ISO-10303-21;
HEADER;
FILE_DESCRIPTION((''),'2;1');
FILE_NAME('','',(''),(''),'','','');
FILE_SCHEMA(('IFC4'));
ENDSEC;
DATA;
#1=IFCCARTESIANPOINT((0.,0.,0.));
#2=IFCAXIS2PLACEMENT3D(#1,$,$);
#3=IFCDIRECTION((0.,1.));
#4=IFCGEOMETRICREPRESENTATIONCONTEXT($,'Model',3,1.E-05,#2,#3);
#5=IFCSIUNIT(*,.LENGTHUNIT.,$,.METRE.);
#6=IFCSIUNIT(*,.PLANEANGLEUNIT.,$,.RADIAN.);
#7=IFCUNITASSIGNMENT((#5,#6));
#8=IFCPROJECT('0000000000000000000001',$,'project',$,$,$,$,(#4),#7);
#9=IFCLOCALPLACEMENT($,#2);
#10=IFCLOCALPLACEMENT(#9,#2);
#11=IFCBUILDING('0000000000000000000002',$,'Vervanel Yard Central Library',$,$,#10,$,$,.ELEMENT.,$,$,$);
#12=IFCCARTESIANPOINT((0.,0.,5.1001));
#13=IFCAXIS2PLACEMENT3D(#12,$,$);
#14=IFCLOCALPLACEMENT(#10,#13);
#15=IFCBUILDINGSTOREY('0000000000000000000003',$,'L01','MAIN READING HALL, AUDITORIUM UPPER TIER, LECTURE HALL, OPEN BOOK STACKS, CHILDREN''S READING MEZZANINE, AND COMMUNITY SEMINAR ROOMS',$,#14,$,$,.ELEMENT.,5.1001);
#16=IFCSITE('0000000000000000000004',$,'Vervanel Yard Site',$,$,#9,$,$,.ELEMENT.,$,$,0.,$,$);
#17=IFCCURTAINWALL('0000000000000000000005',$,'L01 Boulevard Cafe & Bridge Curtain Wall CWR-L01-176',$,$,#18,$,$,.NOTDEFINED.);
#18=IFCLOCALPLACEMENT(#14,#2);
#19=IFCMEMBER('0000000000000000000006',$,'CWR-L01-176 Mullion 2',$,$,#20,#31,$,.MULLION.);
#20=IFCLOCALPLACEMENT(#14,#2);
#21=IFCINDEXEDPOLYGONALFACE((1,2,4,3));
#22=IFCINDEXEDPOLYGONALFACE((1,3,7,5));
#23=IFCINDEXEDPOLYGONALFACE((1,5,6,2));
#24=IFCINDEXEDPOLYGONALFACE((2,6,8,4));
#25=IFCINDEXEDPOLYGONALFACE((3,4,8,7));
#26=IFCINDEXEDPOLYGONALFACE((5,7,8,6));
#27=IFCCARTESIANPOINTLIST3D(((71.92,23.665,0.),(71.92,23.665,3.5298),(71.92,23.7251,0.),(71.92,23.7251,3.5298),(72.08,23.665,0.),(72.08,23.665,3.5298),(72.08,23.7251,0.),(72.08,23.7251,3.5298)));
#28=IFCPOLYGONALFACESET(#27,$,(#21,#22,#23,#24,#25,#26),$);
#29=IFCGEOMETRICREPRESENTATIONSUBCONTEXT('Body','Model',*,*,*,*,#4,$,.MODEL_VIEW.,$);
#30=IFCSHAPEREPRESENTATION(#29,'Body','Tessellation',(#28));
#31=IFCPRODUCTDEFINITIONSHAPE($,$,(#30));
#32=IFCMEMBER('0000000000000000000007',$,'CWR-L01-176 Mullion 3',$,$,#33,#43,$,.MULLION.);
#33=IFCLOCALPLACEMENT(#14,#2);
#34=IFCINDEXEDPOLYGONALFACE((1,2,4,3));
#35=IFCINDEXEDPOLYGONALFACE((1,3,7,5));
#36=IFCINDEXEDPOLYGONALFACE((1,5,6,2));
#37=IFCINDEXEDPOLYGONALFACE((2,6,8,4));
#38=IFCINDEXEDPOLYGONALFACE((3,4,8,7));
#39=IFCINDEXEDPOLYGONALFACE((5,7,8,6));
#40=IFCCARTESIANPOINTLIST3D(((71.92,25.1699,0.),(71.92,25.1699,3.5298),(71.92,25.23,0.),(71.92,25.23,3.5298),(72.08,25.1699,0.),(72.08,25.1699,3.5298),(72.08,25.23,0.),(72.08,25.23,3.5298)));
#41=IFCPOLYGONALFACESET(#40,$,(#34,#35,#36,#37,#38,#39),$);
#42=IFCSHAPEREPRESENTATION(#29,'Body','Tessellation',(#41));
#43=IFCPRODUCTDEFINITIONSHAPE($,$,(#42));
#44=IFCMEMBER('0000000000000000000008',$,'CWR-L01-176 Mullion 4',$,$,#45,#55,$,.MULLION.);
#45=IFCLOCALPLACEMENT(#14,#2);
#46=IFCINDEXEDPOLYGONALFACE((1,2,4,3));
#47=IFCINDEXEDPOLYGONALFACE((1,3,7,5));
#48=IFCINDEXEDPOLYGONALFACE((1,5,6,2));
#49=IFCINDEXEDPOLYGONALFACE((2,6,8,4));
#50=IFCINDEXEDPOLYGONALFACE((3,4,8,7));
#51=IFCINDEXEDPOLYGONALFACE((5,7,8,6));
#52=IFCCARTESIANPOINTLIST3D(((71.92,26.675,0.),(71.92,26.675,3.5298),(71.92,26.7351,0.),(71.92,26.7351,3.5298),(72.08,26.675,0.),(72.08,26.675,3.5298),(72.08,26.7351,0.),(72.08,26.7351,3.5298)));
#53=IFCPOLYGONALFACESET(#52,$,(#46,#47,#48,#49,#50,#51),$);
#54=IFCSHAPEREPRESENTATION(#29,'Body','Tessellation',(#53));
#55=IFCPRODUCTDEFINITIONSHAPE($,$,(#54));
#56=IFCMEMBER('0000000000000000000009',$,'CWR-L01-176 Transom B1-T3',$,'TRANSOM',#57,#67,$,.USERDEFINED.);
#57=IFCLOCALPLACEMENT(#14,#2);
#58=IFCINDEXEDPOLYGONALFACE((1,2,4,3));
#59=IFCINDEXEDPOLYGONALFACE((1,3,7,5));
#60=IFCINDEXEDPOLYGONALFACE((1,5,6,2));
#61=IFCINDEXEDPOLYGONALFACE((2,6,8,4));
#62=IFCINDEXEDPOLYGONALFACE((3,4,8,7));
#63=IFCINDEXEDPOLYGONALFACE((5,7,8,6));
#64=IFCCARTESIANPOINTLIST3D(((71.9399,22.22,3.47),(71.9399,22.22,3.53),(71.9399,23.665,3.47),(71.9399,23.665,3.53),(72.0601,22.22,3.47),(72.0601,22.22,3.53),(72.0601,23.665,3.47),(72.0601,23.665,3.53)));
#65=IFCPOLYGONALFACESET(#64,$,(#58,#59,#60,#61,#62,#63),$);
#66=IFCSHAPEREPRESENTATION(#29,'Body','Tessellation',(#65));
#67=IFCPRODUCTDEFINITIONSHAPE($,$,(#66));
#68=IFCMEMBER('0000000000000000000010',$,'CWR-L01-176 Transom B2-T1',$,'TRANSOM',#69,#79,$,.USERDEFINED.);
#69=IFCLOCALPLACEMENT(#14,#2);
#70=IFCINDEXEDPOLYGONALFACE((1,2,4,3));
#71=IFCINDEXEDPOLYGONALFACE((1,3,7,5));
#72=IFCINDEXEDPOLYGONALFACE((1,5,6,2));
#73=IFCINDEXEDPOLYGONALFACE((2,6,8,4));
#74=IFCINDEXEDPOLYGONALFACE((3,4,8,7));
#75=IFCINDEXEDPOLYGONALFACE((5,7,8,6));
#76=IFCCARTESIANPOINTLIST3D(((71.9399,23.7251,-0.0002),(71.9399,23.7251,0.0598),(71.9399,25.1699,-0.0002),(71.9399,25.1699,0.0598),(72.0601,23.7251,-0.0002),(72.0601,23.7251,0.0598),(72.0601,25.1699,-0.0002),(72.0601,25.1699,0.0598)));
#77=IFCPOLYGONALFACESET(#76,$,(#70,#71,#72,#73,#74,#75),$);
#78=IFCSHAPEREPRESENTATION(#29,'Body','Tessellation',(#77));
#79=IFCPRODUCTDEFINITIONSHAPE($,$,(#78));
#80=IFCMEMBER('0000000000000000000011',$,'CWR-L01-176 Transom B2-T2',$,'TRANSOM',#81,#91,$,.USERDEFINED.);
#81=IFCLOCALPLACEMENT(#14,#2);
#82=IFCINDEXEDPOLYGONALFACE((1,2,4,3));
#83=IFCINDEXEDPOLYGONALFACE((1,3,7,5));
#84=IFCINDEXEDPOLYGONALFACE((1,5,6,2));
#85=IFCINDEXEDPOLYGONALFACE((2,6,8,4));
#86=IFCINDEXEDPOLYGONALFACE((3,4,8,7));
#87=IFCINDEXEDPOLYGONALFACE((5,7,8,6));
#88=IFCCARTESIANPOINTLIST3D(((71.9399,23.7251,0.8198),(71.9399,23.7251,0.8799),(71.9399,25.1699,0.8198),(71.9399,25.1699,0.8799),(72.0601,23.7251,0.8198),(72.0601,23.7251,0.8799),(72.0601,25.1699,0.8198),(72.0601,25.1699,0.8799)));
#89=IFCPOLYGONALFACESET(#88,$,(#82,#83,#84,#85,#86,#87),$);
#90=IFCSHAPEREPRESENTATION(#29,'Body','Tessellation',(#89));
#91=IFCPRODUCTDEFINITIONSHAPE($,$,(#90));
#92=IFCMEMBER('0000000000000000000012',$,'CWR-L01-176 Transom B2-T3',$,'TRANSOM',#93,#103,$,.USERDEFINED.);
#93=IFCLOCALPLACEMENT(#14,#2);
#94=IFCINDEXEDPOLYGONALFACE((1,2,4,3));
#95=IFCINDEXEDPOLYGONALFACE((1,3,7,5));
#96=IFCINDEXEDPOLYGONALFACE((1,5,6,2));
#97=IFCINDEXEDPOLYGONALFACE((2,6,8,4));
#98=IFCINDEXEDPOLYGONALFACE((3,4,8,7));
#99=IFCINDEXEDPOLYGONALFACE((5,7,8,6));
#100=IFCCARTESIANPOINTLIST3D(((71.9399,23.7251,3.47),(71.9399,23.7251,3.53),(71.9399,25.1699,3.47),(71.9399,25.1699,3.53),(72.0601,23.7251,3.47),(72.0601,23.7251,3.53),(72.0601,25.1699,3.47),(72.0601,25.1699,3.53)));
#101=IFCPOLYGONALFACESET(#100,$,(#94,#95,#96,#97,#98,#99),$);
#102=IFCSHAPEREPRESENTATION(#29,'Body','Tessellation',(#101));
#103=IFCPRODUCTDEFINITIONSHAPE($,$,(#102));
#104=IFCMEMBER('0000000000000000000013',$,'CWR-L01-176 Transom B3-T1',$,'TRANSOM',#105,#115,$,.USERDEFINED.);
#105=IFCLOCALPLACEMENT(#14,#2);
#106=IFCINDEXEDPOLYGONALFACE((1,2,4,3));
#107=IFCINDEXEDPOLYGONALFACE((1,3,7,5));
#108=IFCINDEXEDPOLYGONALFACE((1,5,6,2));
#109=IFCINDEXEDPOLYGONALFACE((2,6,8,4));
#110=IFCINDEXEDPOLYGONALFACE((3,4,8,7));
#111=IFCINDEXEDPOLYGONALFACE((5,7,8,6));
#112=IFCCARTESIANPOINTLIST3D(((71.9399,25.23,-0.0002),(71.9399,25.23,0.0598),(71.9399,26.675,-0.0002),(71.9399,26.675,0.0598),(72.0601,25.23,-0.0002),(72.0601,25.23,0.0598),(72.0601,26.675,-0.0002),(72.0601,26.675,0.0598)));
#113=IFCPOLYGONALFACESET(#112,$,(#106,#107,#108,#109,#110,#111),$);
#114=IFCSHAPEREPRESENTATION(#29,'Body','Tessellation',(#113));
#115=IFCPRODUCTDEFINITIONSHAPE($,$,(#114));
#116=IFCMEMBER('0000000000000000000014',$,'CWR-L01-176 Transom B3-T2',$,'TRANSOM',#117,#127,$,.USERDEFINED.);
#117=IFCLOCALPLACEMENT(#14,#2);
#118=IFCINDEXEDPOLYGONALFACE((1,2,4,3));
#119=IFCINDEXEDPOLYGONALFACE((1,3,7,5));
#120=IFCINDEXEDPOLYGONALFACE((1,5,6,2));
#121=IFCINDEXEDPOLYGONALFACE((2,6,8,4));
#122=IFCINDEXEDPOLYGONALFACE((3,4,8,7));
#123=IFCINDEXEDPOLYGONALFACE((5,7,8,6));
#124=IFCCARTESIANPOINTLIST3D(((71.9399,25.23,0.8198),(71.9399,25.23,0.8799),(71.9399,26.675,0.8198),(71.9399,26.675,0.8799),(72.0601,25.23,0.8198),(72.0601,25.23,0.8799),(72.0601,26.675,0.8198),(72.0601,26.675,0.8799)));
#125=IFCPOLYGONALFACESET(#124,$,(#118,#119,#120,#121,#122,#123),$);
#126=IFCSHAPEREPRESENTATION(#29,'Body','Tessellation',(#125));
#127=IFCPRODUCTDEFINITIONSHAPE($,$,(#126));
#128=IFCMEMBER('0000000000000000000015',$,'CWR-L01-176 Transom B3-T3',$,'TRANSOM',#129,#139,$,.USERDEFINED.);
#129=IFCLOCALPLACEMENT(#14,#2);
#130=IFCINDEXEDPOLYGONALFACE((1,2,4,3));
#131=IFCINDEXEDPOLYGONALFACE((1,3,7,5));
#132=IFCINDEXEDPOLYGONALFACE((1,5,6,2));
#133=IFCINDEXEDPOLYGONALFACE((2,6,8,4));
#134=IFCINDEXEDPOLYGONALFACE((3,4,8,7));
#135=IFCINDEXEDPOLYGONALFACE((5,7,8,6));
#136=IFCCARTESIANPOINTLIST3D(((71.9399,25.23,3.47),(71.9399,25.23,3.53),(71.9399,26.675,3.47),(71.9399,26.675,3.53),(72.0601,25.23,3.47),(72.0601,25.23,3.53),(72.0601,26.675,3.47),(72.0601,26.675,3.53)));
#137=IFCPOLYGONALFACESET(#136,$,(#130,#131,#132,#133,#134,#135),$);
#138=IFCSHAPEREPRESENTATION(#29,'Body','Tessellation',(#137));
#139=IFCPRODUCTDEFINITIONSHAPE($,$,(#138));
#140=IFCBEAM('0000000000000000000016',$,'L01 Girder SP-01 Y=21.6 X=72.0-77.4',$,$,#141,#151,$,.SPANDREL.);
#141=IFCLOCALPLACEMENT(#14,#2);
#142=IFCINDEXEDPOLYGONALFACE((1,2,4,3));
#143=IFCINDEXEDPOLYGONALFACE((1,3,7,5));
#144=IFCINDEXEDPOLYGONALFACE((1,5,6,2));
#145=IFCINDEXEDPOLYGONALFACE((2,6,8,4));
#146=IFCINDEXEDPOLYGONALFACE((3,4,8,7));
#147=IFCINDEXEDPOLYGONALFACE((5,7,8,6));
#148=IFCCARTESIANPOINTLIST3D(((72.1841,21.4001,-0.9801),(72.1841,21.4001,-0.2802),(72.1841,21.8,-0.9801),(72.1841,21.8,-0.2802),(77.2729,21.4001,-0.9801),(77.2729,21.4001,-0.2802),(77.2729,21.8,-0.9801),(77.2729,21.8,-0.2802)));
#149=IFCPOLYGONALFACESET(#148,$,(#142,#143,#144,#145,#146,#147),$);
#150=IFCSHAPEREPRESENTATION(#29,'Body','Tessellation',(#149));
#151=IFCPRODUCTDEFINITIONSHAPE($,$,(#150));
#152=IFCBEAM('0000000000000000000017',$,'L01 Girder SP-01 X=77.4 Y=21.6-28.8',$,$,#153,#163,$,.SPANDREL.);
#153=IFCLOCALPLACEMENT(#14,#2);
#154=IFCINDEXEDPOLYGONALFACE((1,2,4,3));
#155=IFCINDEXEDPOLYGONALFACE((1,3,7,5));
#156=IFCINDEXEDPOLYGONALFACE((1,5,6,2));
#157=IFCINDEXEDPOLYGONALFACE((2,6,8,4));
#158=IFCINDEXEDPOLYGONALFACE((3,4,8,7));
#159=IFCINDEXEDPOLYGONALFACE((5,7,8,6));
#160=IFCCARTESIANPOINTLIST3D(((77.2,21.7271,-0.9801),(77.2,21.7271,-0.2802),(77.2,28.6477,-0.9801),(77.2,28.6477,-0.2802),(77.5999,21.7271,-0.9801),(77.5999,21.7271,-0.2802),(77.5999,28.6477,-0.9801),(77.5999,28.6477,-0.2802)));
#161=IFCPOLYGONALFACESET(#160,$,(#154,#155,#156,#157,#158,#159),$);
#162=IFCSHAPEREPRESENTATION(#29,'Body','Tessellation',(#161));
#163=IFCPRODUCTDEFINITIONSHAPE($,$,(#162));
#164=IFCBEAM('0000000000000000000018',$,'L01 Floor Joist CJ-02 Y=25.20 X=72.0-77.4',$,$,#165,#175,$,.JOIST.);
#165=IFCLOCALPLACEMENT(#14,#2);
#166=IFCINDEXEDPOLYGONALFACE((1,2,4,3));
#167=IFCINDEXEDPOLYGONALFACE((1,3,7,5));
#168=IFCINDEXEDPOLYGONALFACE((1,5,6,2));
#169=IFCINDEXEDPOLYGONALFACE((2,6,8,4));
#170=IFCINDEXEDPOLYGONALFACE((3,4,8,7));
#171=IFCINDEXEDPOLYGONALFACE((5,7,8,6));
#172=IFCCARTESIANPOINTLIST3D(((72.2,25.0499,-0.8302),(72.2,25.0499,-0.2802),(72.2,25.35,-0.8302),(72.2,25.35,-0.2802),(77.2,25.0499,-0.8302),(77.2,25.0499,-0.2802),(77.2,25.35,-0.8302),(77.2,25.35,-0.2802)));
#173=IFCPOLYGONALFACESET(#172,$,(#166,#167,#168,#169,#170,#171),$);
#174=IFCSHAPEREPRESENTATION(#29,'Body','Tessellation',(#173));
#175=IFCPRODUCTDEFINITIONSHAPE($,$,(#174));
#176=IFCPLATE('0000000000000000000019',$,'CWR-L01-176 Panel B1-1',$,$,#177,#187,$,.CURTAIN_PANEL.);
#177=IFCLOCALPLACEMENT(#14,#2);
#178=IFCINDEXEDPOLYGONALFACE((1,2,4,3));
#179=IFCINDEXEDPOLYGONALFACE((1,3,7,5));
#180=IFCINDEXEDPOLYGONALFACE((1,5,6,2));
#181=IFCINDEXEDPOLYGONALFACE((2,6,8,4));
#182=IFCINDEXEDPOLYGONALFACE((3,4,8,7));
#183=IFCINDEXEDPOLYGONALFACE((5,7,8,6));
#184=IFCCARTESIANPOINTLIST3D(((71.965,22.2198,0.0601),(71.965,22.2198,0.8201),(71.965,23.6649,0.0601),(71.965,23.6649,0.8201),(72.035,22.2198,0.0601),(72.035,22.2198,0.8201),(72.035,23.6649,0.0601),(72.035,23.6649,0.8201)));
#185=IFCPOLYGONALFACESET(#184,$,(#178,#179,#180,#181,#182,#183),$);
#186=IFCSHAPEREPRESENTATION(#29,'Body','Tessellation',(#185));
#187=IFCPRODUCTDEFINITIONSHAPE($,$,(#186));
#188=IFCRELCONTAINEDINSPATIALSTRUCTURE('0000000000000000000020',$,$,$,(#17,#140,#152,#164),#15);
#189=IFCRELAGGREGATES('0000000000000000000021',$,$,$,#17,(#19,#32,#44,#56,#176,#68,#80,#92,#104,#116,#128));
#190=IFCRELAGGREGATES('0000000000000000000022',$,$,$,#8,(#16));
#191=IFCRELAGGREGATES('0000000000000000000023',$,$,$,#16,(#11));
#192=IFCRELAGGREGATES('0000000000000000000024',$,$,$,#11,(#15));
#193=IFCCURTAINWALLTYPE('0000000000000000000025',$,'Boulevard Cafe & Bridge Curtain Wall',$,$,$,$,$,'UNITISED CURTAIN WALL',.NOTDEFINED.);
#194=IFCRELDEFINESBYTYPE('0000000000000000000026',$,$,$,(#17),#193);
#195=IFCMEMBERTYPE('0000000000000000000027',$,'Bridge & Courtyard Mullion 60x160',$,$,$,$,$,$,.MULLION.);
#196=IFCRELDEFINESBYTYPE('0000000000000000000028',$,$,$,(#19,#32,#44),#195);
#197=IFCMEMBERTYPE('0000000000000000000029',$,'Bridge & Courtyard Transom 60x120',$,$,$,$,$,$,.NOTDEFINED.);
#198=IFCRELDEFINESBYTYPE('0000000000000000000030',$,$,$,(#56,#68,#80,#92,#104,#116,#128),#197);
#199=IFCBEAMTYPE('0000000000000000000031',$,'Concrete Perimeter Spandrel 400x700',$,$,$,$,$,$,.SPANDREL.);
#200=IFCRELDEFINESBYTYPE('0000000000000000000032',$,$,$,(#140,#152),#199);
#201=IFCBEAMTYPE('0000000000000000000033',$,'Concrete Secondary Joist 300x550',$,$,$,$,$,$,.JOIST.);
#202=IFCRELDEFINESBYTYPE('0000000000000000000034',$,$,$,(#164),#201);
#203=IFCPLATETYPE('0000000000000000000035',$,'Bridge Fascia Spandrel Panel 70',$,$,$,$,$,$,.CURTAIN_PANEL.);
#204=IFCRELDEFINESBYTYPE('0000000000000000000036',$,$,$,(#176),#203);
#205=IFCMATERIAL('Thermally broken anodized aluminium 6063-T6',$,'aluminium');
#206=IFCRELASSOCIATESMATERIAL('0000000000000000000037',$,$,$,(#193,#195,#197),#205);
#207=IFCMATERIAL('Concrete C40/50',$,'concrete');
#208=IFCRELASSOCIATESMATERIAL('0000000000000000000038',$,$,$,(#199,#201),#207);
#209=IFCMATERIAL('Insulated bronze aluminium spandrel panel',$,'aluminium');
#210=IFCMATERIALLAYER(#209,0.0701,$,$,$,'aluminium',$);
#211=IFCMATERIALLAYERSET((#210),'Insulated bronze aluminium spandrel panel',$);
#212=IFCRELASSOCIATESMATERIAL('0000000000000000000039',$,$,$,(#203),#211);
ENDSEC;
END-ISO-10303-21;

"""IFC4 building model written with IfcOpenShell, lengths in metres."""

from ifc_helpers import new_model, si_unit, direction, frame, origin, origin_2d, place, context, subcontext, project, spatial, rectangle, extrude, material, layer, layer_set, material_profile, profile_set, type_object, element, aggregate, save


model = new_model("IFC4")

# Units and contexts
model_context = context("Model", 3, precision=1e-05, world=origin(), true_north=direction((0.0, 1.0)))
body_context = subcontext(model_context, "Body", "Model", "MODEL_VIEW")
ifc_project = project(units=[si_unit("LENGTHUNIT", "METRE"), si_unit("PLANEANGLEUNIT", "RADIAN")], contexts=[model_context])

# Site, building, storey
site_placement = place(None, origin())
site = spatial("IfcSite", under=ifc_project, at=site_placement, Name="Vervanel Yard Site", CompositionType="ELEMENT", RefElevation=0.0)
building_placement = place(site_placement, origin())
building = spatial("IfcBuilding", under=site, at=building_placement, Name="Vervanel Yard Central Library", CompositionType="ELEMENT")
storey_placement = place(building_placement, frame((0.0, 0.0, 5.1001)))
storey = spatial("IfcBuildingStorey", under=building, at=storey_placement, Name="L01", Description="MAIN READING HALL, AUDITORIUM UPPER TIER, LECTURE HALL, OPEN BOOK STACKS, CHILDREN'S READING MEZZANINE, AND COMMUNITY SEMINAR ROOMS", CompositionType="ELEMENT", Elevation=5.1001)

# Curtain wall, members
ifc_material_1 = material(Name="Thermally broken anodized aluminium 6063-T6", Category="aluminium")
curtain_wall_type = type_object("IfcCurtainWallType", Name="Boulevard Cafe & Bridge Curtain Wall", ElementType="UNITISED CURTAIN WALL", PredefinedType="NOTDEFINED", material=ifc_material_1)
curtain_wall_placement = place(storey_placement, origin())
curtain_wall = element("IfcCurtainWall", 1, at=curtain_wall_placement, inside=storey, type_object=curtain_wall_type, Name="L01 Boulevard Cafe & Bridge Curtain Wall CWR-L01-176", PredefinedType="NOTDEFINED")
ifc_material_profile_1 = material_profile(ifc_material_1, rectangle(XDim=0.0601, YDim=0.1599, at=origin_2d()), Name="ALU 60x160", Category="aluminium")
ifc_profile_set_1 = profile_set([ifc_material_profile_1], Name="Thermally broken anodized aluminium 6063-T6")
member_type_1 = type_object("IfcMemberType", Name="Bridge & Courtyard Mullion 60x160", PredefinedType="MULLION", material=ifc_profile_set_1)
member_1_placement = place(storey_placement, frame((72.0, 23.6951, 0.0), z_axis=(0.0, 0.0, 1.0), x_axis=(0.0, 1.0, 0.0)))
member_1 = element("IfcMember", 2, at=member_1_placement, type_object=member_type_1, Name="CWR-L01-176 Mullion 2", PredefinedType="MULLION", context=body_context, shape_type="SweptSolid", body=[
    extrude(rectangle(XDim=0.0601, YDim=0.1599, at=origin_2d()), origin(), (0.0, 0.0, 1.0), 3.5298),
])
member_2_placement = place(storey_placement, frame((72.0, 25.2, 0.0), z_axis=(0.0, 0.0, 1.0), x_axis=(0.0, 1.0, 0.0)))
member_2 = element("IfcMember", 3, at=member_2_placement, type_object=member_type_1, Name="CWR-L01-176 Mullion 3", PredefinedType="MULLION", context=body_context, shape_type="SweptSolid", body=[
    extrude(rectangle(XDim=0.0601, YDim=0.1599, at=origin_2d()), origin(), (0.0, 0.0, 1.0), 3.5298),
])
member_3_placement = place(storey_placement, frame((72.0, 26.7051, 0.0), z_axis=(0.0, 0.0, 1.0), x_axis=(0.0, 1.0, 0.0)))
member_3 = element("IfcMember", 4, at=member_3_placement, type_object=member_type_1, Name="CWR-L01-176 Mullion 4", PredefinedType="MULLION", context=body_context, shape_type="SweptSolid", body=[
    extrude(rectangle(XDim=0.0601, YDim=0.1599, at=origin_2d()), origin(), (0.0, 0.0, 1.0), 3.5298),
])
ifc_material_profile_2 = material_profile(ifc_material_1, rectangle(XDim=0.0601, YDim=0.1201, at=origin_2d()), Name="ALU 60x120", Category="aluminium")
ifc_profile_set_2 = profile_set([ifc_material_profile_2], Name="Thermally broken anodized aluminium 6063-T6")
member_type_2 = type_object("IfcMemberType", Name="Bridge & Courtyard Transom 60x120", PredefinedType="NOTDEFINED", material=ifc_profile_set_2)
member_4_placement = place(storey_placement, frame((72.0, 22.22, 3.5), z_axis=(0.0, 1.0, 0.0), x_axis=(0.0, 0.0, 1.0)))
member_4 = element("IfcMember", 5, at=member_4_placement, type_object=member_type_2, Name="CWR-L01-176 Transom B1-T3", ObjectType="TRANSOM", PredefinedType="USERDEFINED", context=body_context, shape_type="SweptSolid", body=[
    extrude(rectangle(XDim=0.0601, YDim=0.1201, at=origin_2d()), origin(), (0.0, 0.0, 1.0), 1.4451),
])
member_5_placement = place(storey_placement, frame((72.0, 23.7251, 0.0298), z_axis=(0.0, 1.0, 0.0), x_axis=(0.0, 0.0, 1.0)))
member_5 = element("IfcMember", 6, at=member_5_placement, type_object=member_type_2, Name="CWR-L01-176 Transom B2-T1", ObjectType="TRANSOM", PredefinedType="USERDEFINED", context=body_context, shape_type="SweptSolid", body=[
    extrude(rectangle(XDim=0.0601, YDim=0.1201, at=origin_2d()), origin(), (0.0, 0.0, 1.0), 1.4448),
])
member_6_placement = place(storey_placement, frame((72.0, 23.7251, 0.8499), z_axis=(0.0, 1.0, 0.0), x_axis=(0.0, 0.0, 1.0)))
member_6 = element("IfcMember", 7, at=member_6_placement, type_object=member_type_2, Name="CWR-L01-176 Transom B2-T2", ObjectType="TRANSOM", PredefinedType="USERDEFINED", context=body_context, shape_type="SweptSolid", body=[
    extrude(rectangle(XDim=0.0601, YDim=0.1201, at=origin_2d()), origin(), (0.0, 0.0, 1.0), 1.4448),
])
member_7_placement = place(storey_placement, frame((72.0, 23.7251, 3.5), z_axis=(0.0, 1.0, 0.0), x_axis=(0.0, 0.0, 1.0)))
member_7 = element("IfcMember", 8, at=member_7_placement, type_object=member_type_2, Name="CWR-L01-176 Transom B2-T3", ObjectType="TRANSOM", PredefinedType="USERDEFINED", context=body_context, shape_type="SweptSolid", body=[
    extrude(rectangle(XDim=0.0601, YDim=0.1201, at=origin_2d()), origin(), (0.0, 0.0, 1.0), 1.4448),
])
member_8_placement = place(storey_placement, frame((72.0, 25.23, 0.0298), z_axis=(0.0, 1.0, 0.0), x_axis=(0.0, 0.0, 1.0)))
member_8 = element("IfcMember", 9, at=member_8_placement, type_object=member_type_2, Name="CWR-L01-176 Transom B3-T1", ObjectType="TRANSOM", PredefinedType="USERDEFINED", context=body_context, shape_type="SweptSolid", body=[
    extrude(rectangle(XDim=0.0601, YDim=0.1201, at=origin_2d()), origin(), (0.0, 0.0, 1.0), 1.4451),
])
member_9_placement = place(storey_placement, frame((72.0, 25.23, 0.8499), z_axis=(0.0, 1.0, 0.0), x_axis=(0.0, 0.0, 1.0)))
member_9 = element("IfcMember", 10, at=member_9_placement, type_object=member_type_2, Name="CWR-L01-176 Transom B3-T2", ObjectType="TRANSOM", PredefinedType="USERDEFINED", context=body_context, shape_type="SweptSolid", body=[
    extrude(rectangle(XDim=0.0601, YDim=0.1201, at=origin_2d()), origin(), (0.0, 0.0, 1.0), 1.4451),
])
member_10_placement = place(storey_placement, frame((72.0, 25.23, 3.5), z_axis=(0.0, 1.0, 0.0), x_axis=(0.0, 0.0, 1.0)))
member_10 = element("IfcMember", 11, at=member_10_placement, type_object=member_type_2, Name="CWR-L01-176 Transom B3-T3", ObjectType="TRANSOM", PredefinedType="USERDEFINED", context=body_context, shape_type="SweptSolid", body=[
    extrude(rectangle(XDim=0.0601, YDim=0.1201, at=origin_2d()), origin(), (0.0, 0.0, 1.0), 1.4451),
])

# Beams
ifc_material_2 = material(Name="Concrete C40/50", Category="concrete")
ifc_material_profile_3 = material_profile(ifc_material_2, rectangle(XDim=0.3999, YDim=0.7, at=origin_2d()), Name="RC 400x700", Category="concrete")
ifc_profile_set_3 = profile_set([ifc_material_profile_3], Name="Concrete C40/50")
beam_type_1 = type_object("IfcBeamType", Name="Concrete Perimeter Spandrel 400x700", PredefinedType="SPANDREL", material=ifc_profile_set_3)
beam_1_placement = place(storey_placement, frame((72.1841, 21.6001, -0.6301), z_axis=(1.0, 0.0, 0.0), x_axis=(0.0, 1.0, 0.0)))
element("IfcBeam", 12, at=beam_1_placement, inside=storey, type_object=beam_type_1, Name="L01 Girder SP-01 Y=21.6 X=72.0-77.4", PredefinedType="SPANDREL", context=body_context, shape_type="SweptSolid", body=[
    extrude(rectangle(XDim=0.3999, YDim=0.7, at=origin_2d()), origin(), (0.0, 0.0, 1.0), 5.0889),
])
beam_2_placement = place(storey_placement, frame((77.3999, 21.7271, -0.6301), z_axis=(0.0, 1.0, 0.0), x_axis=(-1.0, 0.0, 0.0)))
element("IfcBeam", 13, at=beam_2_placement, inside=storey, type_object=beam_type_1, Name="L01 Girder SP-01 X=77.4 Y=21.6-28.8", PredefinedType="SPANDREL", context=body_context, shape_type="SweptSolid", body=[
    extrude(rectangle(XDim=0.3999, YDim=0.7, at=origin_2d()), origin(), (0.0, 0.0, 1.0), 6.9207),
])
ifc_material_profile_4 = material_profile(ifc_material_2, rectangle(XDim=0.3, YDim=0.55, at=origin_2d()), Name="RC 300x550", Category="concrete")
ifc_profile_set_4 = profile_set([ifc_material_profile_4], Name="Concrete C40/50")
beam_type_2 = type_object("IfcBeamType", Name="Concrete Secondary Joist 300x550", PredefinedType="JOIST", material=ifc_profile_set_4)
beam_3_placement = place(storey_placement, frame((72.2, 25.2, -0.5552), z_axis=(1.0, 0.0, 0.0), x_axis=(0.0, 1.0, 0.0)))
element("IfcBeam", 14, at=beam_3_placement, inside=storey, type_object=beam_type_2, Name="L01 Floor Joist CJ-02 Y=25.20 X=72.0-77.4", PredefinedType="JOIST", context=body_context, shape_type="SweptSolid", body=[
    extrude(rectangle(XDim=0.3, YDim=0.55, at=origin_2d()), origin(), (0.0, 0.0, 1.0), 5.0),
])

# Plate
ifc_material_3 = material(Name="Insulated bronze aluminium spandrel panel", Category="aluminium")
ifc_layer_1 = layer(ifc_material_3, 0.0701, Category="aluminium")
ifc_layer_set_1 = layer_set([ifc_layer_1], Name="Insulated bronze aluminium spandrel panel")
plate_type_1 = type_object("IfcPlateType", Name="Bridge Fascia Spandrel Panel 70", PredefinedType="CURTAIN_PANEL", material=ifc_layer_set_1)
plate_1_placement = place(storey_placement, frame((72.0, 22.9424, 0.0601), z_axis=(0.0, 0.0, 1.0), x_axis=(0.0, 1.0, 0.0)))
plate_1 = element("IfcPlate", 15, at=plate_1_placement, type_object=plate_type_1, Name="CWR-L01-176 Panel B1-1", PredefinedType="CURTAIN_PANEL", context=body_context, shape_type="SweptSolid", body=[
    extrude(rectangle(XDim=1.4451, YDim=0.0701, at=origin_2d()), origin(), (0.0, 0.0, 1.0), 0.76),
])
aggregate(curtain_wall, [member_1, member_2, member_3, member_4, plate_1, member_5, member_6, member_7, member_8, member_9, member_10])

save(model, "model.ifc")
